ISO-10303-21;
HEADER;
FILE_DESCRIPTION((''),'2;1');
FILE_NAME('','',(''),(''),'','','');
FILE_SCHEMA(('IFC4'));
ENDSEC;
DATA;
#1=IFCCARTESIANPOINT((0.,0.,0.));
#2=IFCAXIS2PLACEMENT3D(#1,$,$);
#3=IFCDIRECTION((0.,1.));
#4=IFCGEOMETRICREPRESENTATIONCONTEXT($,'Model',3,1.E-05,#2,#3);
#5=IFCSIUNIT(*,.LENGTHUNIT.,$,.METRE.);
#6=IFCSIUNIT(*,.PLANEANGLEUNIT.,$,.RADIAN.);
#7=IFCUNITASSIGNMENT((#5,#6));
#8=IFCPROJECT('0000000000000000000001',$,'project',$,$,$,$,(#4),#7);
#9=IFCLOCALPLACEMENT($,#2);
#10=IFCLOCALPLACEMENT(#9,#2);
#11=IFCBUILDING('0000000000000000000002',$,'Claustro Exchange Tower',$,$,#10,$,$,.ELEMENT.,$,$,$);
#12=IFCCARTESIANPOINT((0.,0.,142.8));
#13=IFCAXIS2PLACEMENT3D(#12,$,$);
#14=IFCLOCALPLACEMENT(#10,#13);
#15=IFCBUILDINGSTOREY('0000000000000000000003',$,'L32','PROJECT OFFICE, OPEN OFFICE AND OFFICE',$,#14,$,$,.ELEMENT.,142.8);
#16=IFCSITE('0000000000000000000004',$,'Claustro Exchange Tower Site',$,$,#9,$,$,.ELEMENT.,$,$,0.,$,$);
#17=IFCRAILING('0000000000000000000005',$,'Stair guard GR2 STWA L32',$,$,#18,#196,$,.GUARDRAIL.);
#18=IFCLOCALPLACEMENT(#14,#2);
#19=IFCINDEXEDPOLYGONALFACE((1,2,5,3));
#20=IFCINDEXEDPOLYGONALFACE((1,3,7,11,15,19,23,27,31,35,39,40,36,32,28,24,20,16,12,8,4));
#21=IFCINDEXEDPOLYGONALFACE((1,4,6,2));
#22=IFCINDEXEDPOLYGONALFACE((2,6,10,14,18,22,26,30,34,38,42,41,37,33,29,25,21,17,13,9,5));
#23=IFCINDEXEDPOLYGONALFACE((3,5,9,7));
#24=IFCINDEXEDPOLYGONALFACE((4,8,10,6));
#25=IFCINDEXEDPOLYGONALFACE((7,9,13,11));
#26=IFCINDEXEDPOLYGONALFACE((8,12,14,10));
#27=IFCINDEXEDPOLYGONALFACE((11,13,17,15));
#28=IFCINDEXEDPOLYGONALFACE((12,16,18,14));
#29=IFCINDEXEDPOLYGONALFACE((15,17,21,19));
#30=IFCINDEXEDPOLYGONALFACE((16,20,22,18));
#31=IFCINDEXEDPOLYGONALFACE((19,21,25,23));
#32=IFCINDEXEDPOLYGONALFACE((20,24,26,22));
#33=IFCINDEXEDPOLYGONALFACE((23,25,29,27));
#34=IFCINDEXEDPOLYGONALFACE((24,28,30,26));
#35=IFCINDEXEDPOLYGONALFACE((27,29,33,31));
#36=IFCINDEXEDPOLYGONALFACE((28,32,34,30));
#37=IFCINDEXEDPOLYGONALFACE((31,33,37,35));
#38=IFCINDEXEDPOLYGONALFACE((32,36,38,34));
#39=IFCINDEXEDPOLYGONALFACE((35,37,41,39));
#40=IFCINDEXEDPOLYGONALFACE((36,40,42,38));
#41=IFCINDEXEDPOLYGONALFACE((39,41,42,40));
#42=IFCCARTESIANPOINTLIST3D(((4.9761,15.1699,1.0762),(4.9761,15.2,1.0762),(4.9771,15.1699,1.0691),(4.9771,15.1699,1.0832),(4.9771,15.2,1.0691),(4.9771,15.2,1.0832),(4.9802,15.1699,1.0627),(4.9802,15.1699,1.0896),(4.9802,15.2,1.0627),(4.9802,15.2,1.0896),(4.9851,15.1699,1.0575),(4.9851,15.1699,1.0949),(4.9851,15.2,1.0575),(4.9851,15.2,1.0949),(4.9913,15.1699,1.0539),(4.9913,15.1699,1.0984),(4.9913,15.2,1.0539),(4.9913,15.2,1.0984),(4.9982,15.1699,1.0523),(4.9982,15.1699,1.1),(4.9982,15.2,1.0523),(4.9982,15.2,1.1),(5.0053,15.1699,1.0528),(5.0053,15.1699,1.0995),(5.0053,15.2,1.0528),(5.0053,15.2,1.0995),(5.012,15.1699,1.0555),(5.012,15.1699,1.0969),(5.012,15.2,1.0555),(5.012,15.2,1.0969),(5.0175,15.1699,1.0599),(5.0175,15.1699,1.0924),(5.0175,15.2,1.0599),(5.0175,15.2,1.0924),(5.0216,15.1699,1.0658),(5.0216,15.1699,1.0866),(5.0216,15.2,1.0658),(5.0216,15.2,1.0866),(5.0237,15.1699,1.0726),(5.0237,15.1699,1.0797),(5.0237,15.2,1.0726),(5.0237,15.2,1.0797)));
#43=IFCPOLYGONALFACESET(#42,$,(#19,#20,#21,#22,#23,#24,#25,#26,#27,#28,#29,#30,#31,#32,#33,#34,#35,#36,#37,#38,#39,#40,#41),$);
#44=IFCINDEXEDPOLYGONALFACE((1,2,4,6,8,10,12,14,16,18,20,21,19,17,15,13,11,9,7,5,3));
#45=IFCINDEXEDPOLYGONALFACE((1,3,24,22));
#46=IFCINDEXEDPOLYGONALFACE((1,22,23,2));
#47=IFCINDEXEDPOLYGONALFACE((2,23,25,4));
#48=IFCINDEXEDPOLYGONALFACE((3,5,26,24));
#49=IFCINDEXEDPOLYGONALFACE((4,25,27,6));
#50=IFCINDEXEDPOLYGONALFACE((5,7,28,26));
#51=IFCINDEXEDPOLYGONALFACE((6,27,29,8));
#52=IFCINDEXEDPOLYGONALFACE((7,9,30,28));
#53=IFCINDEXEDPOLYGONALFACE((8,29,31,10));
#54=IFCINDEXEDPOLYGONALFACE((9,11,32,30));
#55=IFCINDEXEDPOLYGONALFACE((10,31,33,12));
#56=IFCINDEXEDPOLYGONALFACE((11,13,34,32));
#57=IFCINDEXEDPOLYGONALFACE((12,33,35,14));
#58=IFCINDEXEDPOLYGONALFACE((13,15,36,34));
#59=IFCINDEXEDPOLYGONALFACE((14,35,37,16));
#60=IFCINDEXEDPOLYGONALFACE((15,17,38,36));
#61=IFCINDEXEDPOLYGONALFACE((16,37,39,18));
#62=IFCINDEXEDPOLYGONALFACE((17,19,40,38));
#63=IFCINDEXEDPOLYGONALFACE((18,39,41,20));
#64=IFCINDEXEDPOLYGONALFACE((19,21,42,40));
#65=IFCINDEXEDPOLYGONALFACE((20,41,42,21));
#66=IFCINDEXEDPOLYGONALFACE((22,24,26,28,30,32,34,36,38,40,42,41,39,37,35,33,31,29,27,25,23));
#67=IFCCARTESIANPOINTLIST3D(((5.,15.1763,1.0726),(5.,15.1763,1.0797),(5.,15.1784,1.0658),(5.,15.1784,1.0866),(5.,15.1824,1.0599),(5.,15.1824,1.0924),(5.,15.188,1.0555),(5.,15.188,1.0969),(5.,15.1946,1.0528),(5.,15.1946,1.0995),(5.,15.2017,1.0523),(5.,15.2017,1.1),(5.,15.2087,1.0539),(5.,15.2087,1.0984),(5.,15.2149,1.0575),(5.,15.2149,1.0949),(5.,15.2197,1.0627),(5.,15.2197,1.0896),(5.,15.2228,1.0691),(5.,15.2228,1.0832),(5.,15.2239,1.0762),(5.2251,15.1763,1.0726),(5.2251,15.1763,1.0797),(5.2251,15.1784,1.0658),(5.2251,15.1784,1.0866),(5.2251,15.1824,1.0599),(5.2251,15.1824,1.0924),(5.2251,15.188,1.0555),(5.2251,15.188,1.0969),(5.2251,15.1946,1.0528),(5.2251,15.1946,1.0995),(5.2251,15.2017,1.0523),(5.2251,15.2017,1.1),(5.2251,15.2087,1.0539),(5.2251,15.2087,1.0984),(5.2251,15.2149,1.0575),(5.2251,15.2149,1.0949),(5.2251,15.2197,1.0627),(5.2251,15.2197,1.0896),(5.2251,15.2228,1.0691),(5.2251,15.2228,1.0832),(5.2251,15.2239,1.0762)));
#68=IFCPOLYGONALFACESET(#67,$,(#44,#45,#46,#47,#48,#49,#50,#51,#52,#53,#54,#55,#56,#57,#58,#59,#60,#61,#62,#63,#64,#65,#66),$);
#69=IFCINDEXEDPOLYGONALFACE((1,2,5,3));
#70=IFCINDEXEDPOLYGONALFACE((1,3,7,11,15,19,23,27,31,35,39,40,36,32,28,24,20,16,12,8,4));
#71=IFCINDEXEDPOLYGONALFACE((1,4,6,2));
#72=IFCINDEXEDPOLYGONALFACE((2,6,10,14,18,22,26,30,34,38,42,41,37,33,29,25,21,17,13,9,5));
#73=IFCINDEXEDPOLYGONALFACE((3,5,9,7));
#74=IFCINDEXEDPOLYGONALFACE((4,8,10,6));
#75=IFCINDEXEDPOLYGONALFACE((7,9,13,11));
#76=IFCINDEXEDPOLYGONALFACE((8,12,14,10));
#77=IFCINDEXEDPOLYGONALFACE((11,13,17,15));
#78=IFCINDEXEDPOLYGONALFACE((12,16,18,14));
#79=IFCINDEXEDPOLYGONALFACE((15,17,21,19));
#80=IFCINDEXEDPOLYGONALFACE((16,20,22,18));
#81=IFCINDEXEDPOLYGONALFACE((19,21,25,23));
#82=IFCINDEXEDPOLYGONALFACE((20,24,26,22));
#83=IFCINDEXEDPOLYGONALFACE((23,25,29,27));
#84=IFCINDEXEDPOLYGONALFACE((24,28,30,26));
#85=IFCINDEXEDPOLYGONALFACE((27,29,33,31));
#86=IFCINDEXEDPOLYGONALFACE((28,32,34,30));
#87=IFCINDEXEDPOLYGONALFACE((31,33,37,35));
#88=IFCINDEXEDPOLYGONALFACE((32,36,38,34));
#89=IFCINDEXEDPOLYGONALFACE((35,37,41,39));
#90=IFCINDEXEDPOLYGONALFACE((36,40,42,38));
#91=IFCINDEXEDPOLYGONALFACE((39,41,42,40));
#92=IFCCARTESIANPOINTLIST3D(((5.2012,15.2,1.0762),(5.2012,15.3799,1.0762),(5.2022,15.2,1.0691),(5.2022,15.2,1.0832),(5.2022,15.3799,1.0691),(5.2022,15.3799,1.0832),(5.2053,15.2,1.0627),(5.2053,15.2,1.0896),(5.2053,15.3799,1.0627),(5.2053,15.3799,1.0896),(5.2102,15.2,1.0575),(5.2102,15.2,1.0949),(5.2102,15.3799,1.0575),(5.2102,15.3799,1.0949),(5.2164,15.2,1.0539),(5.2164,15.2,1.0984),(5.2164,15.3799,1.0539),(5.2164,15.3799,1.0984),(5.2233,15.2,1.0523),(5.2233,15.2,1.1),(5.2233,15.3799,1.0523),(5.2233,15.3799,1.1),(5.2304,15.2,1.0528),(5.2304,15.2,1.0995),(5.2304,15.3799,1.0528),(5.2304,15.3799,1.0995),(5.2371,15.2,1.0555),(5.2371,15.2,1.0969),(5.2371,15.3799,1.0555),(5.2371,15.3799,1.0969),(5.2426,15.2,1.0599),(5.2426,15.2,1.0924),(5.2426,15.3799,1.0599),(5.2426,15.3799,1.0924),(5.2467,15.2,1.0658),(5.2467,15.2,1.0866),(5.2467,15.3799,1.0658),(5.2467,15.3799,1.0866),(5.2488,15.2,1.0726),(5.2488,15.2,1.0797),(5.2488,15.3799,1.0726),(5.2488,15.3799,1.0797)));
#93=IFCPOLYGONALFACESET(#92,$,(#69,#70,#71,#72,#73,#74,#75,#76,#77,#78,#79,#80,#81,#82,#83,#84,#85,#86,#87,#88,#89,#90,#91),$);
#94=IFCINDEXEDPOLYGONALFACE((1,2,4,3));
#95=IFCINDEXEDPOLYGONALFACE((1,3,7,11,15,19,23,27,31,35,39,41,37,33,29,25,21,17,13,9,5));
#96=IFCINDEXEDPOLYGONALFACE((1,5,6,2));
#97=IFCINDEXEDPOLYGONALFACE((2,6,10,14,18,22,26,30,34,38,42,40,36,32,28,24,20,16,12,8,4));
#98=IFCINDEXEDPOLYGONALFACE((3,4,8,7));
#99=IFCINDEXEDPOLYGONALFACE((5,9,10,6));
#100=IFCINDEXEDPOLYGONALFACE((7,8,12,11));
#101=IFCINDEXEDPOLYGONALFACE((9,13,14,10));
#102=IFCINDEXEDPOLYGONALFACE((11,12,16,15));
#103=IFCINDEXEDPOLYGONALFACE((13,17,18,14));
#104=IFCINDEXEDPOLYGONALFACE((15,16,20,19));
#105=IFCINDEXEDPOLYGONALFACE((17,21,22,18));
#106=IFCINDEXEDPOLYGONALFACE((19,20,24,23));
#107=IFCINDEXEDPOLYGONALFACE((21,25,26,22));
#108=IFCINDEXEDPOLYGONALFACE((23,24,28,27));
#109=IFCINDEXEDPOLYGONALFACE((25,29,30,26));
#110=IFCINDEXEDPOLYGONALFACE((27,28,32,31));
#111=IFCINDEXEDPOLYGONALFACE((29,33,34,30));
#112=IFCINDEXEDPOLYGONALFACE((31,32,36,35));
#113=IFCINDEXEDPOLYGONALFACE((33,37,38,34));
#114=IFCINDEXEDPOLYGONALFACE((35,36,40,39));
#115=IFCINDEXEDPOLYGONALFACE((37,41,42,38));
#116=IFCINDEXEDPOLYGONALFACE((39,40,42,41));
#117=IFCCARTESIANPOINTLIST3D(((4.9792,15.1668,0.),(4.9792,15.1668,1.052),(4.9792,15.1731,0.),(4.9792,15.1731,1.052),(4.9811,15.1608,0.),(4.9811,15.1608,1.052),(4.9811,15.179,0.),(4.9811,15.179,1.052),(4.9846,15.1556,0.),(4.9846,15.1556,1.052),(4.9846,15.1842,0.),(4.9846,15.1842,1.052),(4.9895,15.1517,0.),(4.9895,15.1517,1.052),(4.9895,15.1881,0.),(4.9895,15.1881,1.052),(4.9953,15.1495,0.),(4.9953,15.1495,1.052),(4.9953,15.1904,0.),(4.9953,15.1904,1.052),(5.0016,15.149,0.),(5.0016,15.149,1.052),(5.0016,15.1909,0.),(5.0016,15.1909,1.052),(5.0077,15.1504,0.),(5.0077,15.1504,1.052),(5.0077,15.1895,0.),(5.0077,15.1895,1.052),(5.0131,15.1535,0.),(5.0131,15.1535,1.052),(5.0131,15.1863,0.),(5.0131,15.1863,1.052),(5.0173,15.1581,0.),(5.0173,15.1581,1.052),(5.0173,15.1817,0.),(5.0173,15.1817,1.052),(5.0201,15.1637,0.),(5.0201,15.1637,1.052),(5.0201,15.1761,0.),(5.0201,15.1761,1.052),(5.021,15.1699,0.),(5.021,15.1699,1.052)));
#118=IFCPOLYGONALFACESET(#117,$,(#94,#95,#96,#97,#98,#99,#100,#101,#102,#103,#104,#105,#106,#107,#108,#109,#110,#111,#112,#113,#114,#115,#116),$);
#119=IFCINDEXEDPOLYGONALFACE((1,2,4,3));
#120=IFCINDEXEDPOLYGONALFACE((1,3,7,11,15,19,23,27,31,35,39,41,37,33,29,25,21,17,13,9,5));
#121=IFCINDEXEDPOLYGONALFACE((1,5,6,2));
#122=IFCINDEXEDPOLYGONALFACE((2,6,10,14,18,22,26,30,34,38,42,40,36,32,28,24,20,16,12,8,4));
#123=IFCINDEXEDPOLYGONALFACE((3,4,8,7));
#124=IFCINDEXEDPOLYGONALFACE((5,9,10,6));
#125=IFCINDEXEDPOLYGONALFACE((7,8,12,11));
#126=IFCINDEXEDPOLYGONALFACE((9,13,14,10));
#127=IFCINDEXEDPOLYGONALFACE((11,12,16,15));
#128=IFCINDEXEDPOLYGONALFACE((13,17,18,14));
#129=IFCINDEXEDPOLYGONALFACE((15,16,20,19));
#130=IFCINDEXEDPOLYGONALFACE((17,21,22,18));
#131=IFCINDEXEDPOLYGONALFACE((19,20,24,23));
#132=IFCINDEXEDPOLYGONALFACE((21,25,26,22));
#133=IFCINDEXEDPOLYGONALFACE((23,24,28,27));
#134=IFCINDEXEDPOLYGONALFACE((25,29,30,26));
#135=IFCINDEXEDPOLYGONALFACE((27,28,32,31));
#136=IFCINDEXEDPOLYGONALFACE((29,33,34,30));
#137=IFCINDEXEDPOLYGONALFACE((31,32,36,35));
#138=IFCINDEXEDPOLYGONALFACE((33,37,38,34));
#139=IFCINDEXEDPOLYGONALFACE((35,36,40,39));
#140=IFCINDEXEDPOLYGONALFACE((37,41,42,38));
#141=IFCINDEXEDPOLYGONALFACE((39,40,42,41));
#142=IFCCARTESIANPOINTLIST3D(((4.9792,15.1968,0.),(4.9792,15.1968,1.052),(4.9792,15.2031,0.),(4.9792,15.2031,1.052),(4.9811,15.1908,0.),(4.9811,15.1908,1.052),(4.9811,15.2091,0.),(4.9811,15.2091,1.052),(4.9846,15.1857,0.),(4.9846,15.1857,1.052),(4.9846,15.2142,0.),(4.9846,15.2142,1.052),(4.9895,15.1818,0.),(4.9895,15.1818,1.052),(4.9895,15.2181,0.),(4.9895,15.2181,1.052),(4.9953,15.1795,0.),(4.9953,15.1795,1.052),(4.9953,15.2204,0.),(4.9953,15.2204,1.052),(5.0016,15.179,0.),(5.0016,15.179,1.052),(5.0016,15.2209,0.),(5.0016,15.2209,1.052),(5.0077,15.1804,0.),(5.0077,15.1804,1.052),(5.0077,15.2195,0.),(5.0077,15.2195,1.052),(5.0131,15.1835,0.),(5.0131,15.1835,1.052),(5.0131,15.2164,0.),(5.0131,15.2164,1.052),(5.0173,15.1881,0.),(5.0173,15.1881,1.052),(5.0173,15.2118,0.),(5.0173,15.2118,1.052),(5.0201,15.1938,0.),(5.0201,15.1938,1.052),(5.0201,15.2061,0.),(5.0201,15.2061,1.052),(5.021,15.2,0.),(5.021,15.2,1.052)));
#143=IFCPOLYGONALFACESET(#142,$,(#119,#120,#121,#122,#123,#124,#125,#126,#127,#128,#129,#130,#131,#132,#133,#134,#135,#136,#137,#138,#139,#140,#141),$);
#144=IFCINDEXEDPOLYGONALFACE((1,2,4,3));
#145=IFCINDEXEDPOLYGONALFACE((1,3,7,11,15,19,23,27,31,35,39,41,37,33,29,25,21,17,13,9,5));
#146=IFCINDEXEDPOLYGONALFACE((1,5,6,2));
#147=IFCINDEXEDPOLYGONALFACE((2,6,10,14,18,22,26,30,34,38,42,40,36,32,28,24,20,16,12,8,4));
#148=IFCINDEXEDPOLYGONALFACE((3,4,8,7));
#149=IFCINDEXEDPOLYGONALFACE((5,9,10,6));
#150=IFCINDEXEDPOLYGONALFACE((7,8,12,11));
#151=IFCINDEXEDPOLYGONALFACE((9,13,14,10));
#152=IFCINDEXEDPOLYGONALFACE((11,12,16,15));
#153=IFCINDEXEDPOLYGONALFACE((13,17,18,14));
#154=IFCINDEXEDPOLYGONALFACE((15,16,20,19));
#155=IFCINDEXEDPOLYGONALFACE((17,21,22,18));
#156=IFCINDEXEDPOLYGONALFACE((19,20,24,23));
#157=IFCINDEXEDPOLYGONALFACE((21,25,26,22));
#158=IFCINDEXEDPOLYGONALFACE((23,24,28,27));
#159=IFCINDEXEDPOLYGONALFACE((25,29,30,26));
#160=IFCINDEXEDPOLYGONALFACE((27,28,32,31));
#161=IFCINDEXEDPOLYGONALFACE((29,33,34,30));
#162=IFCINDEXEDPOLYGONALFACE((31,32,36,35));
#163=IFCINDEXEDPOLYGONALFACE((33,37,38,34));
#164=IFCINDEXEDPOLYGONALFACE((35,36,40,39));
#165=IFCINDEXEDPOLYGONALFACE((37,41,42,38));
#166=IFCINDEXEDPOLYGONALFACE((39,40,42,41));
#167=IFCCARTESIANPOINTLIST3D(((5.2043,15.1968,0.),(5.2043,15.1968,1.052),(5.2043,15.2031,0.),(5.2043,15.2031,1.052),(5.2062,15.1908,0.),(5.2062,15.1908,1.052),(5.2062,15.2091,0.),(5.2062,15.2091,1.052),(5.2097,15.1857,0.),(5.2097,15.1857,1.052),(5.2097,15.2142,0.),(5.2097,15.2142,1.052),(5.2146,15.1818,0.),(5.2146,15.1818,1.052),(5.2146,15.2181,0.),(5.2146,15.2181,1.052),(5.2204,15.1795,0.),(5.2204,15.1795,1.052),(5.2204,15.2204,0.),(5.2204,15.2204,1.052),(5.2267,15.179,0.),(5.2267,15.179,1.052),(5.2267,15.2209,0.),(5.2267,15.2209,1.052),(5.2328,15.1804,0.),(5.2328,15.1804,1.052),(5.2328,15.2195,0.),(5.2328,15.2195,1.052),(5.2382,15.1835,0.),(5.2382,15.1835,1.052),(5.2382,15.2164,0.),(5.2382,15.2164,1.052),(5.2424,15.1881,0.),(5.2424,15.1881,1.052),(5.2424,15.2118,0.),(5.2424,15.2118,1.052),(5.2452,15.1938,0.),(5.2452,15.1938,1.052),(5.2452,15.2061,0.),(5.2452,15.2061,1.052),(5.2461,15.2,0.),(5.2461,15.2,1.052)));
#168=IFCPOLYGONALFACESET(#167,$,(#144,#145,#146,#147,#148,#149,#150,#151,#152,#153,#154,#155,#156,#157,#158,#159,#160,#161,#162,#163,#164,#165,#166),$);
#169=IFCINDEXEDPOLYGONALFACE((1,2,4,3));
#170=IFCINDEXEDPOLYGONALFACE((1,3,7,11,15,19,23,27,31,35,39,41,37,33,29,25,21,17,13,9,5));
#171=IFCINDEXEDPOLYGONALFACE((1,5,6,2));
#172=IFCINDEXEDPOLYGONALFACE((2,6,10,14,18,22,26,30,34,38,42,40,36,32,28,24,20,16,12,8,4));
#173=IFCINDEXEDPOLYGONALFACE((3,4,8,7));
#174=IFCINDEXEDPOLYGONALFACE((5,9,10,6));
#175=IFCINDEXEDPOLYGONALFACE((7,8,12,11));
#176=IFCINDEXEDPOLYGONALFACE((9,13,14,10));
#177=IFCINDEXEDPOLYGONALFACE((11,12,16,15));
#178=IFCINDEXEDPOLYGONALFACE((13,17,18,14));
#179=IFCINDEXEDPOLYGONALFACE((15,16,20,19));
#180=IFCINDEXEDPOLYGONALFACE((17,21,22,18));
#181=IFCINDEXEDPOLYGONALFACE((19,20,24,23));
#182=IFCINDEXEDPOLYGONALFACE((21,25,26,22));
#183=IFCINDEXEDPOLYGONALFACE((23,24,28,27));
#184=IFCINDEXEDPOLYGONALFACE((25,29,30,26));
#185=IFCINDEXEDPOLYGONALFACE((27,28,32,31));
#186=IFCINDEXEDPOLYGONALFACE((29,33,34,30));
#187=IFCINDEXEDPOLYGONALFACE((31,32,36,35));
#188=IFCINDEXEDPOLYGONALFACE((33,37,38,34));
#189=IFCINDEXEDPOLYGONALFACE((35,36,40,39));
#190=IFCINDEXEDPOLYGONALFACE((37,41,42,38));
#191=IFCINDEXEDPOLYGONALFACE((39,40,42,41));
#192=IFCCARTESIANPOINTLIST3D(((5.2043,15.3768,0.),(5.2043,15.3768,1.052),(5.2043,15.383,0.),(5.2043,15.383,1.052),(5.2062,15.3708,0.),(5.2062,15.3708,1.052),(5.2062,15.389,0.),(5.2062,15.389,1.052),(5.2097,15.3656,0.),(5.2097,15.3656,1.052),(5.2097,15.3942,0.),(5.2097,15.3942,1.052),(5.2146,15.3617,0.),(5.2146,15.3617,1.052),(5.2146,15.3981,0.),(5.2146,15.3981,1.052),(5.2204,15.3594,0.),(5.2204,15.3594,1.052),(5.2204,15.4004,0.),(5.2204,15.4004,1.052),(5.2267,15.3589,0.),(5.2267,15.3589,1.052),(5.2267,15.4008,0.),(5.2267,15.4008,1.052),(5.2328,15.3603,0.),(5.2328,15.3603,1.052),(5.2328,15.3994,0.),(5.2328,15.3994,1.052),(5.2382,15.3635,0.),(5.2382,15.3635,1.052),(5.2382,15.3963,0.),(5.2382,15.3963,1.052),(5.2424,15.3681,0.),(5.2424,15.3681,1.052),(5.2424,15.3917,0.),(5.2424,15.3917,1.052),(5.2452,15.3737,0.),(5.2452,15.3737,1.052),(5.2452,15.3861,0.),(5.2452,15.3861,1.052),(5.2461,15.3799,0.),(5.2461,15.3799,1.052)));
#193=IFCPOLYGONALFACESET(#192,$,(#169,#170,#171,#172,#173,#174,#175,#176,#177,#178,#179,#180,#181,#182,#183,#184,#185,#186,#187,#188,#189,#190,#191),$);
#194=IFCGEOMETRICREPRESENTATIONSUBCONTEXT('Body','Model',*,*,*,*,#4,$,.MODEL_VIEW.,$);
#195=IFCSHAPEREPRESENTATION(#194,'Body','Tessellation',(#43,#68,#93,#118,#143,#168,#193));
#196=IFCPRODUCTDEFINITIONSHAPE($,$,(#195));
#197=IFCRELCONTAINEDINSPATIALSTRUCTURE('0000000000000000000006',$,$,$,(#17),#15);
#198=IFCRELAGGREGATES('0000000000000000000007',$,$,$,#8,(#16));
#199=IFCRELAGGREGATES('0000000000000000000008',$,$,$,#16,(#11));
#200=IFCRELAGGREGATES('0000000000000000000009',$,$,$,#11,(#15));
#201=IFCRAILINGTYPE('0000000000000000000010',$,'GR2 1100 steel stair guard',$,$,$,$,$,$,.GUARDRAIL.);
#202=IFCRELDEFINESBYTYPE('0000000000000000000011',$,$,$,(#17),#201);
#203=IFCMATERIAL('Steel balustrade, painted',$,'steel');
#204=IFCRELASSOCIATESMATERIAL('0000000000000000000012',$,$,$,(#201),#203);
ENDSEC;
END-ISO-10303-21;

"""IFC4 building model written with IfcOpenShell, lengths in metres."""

from ifc_helpers import new_model, si_unit, direction, frame, origin, origin_2d, place, context, subcontext, project, spatial, circle, extrude, material, type_object, element, save


model = new_model("IFC4")

# Units and contexts
model_context = context("Model", 3, precision=1e-05, world=origin(), true_north=direction((0.0, 1.0)))
body_context = subcontext(model_context, "Body", "Model", "MODEL_VIEW")
ifc_project = project(units=[si_unit("LENGTHUNIT", "METRE"), si_unit("PLANEANGLEUNIT", "RADIAN")], contexts=[model_context])

# Site, building, storey
site_placement = place(None, origin())
site = spatial("IfcSite", under=ifc_project, at=site_placement, Name="Claustro Exchange Tower Site", CompositionType="ELEMENT", RefElevation=0.0)
building_placement = place(site_placement, origin())
building = spatial("IfcBuilding", under=site, at=building_placement, Name="Claustro Exchange Tower", CompositionType="ELEMENT")
storey_placement = place(building_placement, frame((0.0, 0.0, 142.8)))
storey = spatial("IfcBuildingStorey", under=building, at=storey_placement, Name="L32", Description="PROJECT OFFICE, OPEN OFFICE AND OFFICE", CompositionType="ELEMENT", Elevation=142.8)

# Railing
ifc_material_1 = material(Name="Steel balustrade, painted", Category="steel")
railing_type_1 = type_object("IfcRailingType", Name="GR2 1100 steel stair guard", PredefinedType="GUARDRAIL", material=ifc_material_1)
railing_1_placement = place(storey_placement, frame((5.0, 15.1699, 0.0)))
element("IfcRailing", 1, at=railing_1_placement, inside=storey, type_object=railing_type_1, Name="Stair guard GR2 STWA L32", PredefinedType="GUARDRAIL", context=body_context, shape_type="SweptSolid", body=[
    extrude(circle(Radius=0.0239, at=origin_2d()), frame((0.0, 0.0, 1.0762), z_axis=(0.0, 1.0, 0.0), x_axis=(-1.0, 0.0, 0.0)), (0.0, 0.0, 1.0), 0.03),
    extrude(circle(Radius=0.0239, at=origin_2d()), frame((0.0, 0.03, 1.0762), z_axis=(1.0, 0.0, 0.0), x_axis=(0.0, 1.0, 0.0)), (0.0, 0.0, 1.0), 0.2251),
    extrude(circle(Radius=0.0239, at=origin_2d()), frame((0.2251, 0.03, 1.0762), z_axis=(0.0, 1.0, 0.0), x_axis=(-1.0, 0.0, 0.0)), (0.0, 0.0, 1.0), 0.1799),
    extrude(circle(Radius=0.021, at=origin_2d()), origin(), (0.0, 0.0, 1.0), 1.052),
    extrude(circle(Radius=0.021, at=origin_2d()), frame((0.0, 0.03, 0.0)), (0.0, 0.0, 1.0), 1.052),
    extrude(circle(Radius=0.021, at=origin_2d()), frame((0.2251, 0.03, 0.0)), (0.0, 0.0, 1.0), 1.052),
    extrude(circle(Radius=0.021, at=origin_2d()), frame((0.2251, 0.21, 0.0)), (0.0, 0.0, 1.0), 1.052),
])

save(model, "model.ifc")
